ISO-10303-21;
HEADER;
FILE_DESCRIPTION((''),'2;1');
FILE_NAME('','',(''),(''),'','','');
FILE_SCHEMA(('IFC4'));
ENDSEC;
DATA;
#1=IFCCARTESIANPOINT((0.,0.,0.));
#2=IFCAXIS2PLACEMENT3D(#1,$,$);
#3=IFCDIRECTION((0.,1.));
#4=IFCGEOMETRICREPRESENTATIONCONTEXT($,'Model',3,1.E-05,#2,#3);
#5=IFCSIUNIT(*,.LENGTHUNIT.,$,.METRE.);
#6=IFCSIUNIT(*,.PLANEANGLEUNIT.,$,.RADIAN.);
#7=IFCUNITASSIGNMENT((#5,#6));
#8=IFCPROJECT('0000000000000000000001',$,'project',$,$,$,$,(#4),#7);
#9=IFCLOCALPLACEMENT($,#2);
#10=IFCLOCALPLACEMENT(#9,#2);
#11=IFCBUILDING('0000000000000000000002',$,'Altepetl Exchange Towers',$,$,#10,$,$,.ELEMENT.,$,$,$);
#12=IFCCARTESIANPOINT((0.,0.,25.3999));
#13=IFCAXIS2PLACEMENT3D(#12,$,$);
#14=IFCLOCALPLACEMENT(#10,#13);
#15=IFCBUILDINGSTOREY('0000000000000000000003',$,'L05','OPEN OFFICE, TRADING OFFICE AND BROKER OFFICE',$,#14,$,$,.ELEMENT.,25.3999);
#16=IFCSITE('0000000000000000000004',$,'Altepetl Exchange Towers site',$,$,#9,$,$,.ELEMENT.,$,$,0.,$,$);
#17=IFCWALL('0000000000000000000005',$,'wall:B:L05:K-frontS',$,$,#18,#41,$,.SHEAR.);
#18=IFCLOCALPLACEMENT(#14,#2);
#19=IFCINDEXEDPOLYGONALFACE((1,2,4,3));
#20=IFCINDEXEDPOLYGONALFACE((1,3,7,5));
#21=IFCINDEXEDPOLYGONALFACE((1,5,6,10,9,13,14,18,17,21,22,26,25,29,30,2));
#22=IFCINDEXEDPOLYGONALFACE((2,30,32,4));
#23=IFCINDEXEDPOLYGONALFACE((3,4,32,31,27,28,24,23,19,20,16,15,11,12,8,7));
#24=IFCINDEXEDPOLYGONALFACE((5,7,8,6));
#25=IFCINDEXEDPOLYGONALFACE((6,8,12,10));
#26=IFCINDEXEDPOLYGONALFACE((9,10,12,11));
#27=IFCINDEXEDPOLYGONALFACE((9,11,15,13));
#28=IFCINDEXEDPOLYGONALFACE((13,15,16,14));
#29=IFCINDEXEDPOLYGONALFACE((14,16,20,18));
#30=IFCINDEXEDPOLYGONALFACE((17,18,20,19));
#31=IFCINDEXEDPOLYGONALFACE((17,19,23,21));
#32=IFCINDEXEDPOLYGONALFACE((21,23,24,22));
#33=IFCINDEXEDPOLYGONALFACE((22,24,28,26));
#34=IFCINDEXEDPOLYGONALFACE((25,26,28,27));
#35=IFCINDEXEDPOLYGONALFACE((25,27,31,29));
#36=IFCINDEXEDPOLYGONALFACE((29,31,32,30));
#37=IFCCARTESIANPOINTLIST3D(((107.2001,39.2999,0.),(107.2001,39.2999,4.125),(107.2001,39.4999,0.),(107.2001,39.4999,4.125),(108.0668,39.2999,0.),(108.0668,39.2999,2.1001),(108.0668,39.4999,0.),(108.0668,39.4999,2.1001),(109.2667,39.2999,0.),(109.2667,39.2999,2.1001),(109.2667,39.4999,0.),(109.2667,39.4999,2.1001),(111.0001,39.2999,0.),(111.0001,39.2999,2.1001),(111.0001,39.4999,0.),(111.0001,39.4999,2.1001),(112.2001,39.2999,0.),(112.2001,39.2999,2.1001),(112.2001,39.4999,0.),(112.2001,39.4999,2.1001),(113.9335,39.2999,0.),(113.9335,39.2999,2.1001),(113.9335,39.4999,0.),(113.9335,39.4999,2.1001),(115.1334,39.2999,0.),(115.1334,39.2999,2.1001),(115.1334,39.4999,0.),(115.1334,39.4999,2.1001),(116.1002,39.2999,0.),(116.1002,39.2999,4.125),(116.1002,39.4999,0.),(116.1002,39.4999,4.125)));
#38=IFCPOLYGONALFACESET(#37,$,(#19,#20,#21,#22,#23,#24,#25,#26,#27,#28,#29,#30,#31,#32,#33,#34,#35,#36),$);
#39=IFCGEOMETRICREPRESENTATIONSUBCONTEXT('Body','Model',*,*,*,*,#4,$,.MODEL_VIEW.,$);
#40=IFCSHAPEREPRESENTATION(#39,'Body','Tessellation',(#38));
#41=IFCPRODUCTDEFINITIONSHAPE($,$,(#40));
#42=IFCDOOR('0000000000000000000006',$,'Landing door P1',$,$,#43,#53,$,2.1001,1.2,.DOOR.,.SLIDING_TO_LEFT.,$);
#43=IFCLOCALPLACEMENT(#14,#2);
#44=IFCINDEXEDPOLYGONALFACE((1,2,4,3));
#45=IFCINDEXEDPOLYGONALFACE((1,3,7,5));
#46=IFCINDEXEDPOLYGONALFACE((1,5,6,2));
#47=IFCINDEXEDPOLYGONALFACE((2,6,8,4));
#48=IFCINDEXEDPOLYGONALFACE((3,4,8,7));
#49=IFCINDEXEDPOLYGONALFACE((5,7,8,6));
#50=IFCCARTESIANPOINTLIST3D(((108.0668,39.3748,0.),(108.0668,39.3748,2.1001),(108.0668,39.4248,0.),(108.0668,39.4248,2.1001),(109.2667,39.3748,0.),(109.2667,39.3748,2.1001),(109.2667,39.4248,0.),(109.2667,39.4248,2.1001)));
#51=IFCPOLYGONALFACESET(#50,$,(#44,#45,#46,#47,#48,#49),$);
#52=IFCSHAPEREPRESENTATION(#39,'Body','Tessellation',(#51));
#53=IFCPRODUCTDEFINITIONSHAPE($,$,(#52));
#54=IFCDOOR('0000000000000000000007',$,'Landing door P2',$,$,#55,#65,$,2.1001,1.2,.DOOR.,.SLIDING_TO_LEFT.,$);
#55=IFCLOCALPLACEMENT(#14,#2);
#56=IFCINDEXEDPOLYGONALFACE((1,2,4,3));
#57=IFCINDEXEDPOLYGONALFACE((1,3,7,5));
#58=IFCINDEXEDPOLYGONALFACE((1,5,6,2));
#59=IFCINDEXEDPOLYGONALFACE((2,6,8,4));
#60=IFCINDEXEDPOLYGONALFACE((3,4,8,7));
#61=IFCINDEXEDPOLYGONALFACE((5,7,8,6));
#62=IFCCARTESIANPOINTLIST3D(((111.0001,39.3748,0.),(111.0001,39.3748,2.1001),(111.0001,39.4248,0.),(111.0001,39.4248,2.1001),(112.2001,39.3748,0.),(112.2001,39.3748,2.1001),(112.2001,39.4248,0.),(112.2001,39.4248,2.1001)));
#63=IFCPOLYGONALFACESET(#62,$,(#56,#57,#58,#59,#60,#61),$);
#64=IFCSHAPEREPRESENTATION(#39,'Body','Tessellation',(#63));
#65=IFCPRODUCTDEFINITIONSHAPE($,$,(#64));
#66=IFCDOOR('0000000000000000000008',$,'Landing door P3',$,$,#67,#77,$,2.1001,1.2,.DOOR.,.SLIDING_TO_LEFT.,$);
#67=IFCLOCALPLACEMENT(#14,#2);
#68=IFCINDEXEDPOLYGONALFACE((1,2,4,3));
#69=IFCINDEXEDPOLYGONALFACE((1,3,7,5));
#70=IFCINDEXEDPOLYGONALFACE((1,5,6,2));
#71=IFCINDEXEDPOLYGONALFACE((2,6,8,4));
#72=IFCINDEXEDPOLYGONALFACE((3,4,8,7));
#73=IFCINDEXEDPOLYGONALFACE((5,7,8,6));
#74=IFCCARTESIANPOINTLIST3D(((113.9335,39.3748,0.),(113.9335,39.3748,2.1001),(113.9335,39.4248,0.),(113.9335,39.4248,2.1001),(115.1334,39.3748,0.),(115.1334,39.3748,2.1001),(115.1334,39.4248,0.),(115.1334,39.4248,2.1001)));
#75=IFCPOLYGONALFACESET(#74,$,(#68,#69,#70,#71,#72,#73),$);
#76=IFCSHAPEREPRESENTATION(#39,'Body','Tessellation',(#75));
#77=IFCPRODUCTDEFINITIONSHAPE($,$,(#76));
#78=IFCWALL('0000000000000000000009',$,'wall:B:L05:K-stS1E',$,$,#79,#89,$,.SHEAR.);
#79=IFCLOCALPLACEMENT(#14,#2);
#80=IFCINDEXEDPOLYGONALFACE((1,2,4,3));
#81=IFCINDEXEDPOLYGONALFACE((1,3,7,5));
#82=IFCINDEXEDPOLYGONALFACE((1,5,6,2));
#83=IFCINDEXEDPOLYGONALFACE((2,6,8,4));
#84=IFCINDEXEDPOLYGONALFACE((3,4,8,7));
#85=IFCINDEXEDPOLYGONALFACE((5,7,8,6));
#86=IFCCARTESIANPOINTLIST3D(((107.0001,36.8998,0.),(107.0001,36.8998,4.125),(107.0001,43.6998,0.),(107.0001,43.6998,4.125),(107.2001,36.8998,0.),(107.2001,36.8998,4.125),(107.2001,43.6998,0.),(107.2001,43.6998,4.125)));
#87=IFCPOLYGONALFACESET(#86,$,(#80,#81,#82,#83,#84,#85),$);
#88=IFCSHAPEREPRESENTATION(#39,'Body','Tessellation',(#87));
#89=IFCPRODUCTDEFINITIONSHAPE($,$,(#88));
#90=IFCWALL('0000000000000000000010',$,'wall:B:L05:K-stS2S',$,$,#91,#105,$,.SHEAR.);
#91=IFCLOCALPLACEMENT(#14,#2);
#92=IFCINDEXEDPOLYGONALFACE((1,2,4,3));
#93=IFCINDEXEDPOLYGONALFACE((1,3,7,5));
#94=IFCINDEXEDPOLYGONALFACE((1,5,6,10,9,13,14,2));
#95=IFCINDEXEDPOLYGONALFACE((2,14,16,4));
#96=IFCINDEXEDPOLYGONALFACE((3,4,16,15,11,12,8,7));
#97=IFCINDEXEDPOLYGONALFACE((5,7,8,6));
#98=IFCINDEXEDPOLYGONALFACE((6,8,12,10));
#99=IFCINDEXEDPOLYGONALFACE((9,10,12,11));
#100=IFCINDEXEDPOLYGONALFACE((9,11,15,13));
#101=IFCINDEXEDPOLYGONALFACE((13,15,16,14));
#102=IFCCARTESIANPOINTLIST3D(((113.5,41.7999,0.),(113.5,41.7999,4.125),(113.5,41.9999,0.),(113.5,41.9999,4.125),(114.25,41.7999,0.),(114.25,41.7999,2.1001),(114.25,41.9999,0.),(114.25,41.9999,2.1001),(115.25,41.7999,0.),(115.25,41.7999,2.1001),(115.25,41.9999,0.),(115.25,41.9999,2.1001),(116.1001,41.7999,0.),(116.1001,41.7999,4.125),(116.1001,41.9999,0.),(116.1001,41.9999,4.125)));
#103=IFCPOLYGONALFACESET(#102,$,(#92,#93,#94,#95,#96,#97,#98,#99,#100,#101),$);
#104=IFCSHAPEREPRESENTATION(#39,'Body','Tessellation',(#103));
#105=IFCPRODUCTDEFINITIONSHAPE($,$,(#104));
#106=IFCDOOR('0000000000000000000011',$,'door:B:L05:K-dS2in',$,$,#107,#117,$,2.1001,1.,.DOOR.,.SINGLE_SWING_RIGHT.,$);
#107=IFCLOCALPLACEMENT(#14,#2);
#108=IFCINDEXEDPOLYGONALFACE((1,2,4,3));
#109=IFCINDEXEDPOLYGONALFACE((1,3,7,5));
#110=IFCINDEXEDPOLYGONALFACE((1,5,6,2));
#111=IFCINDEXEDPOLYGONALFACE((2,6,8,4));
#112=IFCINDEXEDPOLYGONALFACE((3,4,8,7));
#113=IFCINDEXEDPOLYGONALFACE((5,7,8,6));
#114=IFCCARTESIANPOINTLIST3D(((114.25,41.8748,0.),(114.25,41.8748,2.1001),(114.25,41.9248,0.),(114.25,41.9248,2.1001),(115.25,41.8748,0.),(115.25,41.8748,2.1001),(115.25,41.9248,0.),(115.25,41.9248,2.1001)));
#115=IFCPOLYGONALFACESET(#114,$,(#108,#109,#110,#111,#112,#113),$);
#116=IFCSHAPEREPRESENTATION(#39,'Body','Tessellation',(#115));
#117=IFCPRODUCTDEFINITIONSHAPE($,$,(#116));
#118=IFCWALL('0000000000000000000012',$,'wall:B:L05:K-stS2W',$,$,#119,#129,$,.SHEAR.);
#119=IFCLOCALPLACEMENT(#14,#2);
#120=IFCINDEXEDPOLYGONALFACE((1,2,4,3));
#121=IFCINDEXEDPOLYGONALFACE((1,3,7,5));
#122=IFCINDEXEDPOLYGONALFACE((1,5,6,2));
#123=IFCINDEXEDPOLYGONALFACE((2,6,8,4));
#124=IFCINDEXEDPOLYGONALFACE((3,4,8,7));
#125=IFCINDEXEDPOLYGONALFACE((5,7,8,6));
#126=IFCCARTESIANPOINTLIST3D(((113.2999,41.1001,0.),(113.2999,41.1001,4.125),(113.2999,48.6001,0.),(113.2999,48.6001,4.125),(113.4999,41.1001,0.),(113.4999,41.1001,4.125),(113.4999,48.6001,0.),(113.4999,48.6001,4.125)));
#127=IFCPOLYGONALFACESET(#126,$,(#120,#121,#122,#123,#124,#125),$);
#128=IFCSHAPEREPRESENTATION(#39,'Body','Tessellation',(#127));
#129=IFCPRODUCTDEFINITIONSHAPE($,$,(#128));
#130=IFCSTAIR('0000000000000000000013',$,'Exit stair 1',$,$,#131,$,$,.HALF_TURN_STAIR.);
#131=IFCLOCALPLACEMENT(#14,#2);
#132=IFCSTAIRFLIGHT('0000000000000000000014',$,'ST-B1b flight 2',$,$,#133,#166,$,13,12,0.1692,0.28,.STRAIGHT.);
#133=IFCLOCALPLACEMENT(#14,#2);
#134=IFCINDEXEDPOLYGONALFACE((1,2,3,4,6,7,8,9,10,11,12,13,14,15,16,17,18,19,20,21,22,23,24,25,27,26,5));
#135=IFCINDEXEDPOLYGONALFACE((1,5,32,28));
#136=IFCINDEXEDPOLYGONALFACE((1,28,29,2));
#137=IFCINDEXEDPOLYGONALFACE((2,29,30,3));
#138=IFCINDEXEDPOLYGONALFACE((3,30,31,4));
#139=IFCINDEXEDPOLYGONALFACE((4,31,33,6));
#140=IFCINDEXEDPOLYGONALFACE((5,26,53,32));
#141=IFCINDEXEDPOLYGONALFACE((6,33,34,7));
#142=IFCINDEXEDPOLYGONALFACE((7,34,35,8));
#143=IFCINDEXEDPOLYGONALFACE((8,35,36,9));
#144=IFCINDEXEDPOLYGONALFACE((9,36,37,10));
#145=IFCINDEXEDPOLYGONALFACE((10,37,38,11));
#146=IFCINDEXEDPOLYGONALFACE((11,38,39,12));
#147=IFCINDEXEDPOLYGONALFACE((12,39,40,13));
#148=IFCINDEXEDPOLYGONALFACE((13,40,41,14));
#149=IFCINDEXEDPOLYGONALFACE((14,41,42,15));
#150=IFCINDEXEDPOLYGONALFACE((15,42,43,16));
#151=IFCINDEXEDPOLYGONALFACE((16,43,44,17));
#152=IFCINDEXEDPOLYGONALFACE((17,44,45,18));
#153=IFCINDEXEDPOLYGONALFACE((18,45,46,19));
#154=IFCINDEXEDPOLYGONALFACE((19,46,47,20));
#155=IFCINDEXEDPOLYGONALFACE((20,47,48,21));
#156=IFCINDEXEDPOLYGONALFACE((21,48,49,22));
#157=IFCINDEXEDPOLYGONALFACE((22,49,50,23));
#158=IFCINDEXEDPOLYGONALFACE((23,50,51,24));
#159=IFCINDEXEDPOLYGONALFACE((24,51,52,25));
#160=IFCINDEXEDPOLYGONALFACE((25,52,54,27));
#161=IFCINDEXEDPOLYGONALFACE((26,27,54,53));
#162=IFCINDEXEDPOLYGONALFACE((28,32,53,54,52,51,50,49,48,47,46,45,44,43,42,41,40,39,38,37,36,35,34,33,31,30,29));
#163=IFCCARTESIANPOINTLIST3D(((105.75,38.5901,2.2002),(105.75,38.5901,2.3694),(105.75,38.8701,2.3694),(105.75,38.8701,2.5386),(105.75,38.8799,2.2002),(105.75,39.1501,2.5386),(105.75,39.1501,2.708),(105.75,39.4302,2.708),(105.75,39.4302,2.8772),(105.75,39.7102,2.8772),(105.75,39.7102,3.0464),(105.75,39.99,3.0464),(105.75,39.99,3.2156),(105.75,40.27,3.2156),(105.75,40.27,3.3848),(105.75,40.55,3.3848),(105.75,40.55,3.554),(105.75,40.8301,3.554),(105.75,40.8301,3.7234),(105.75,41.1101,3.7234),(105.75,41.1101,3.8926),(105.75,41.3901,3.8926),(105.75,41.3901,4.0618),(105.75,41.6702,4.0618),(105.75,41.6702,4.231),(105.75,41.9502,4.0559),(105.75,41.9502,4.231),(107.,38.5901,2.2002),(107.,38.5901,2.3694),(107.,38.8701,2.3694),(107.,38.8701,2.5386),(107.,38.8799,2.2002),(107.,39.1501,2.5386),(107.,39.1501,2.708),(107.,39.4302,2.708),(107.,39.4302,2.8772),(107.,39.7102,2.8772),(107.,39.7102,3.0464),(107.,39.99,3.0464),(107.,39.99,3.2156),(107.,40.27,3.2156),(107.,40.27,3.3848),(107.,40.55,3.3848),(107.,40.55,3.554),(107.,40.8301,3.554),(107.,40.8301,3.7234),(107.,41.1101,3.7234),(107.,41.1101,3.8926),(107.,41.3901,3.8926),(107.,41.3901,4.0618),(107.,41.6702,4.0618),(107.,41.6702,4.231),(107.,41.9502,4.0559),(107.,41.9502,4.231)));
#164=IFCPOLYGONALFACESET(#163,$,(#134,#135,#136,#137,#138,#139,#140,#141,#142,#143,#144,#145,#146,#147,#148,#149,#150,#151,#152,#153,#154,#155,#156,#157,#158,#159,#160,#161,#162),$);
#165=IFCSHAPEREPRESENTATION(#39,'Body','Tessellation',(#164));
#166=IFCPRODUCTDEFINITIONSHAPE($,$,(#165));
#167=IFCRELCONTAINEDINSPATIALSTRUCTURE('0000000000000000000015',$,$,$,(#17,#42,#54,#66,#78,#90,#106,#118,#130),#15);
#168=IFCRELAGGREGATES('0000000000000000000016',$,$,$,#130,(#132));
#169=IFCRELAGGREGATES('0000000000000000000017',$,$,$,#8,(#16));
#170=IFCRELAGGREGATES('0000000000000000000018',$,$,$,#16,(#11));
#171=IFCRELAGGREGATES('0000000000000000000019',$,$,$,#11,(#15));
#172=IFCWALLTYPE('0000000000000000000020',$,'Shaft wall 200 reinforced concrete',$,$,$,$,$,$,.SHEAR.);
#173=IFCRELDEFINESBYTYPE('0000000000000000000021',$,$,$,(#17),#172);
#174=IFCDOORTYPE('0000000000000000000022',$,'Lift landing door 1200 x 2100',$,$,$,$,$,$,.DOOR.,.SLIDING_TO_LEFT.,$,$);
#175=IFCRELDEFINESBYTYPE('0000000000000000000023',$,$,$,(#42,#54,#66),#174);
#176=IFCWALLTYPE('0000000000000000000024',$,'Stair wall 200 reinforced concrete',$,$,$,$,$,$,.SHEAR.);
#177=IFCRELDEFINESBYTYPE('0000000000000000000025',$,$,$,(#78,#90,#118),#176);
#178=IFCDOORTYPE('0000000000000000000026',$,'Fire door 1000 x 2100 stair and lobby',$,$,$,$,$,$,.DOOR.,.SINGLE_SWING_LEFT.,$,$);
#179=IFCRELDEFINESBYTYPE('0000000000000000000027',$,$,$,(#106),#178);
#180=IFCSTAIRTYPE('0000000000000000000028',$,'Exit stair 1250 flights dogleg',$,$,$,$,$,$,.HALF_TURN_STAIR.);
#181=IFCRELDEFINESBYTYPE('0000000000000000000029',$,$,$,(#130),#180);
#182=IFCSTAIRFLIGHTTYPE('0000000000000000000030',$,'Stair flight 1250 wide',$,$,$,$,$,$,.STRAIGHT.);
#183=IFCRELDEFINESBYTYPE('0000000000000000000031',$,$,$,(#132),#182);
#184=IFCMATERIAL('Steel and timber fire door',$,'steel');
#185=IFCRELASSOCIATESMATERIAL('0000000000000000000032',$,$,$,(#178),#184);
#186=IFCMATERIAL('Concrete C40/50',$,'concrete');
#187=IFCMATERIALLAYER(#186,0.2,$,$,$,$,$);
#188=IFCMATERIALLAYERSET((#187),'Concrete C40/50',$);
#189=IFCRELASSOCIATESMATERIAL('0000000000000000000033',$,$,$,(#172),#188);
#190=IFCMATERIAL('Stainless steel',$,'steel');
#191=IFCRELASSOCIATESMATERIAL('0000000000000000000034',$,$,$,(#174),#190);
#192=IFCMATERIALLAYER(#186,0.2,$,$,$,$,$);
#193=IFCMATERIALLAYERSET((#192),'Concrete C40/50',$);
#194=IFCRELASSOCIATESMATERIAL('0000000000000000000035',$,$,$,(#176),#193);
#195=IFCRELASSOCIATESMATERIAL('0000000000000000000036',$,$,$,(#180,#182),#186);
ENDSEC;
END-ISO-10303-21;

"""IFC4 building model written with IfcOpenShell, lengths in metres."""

from ifc_helpers import new_model, si_unit, direction, frame, frame_2d, origin, place, context, subcontext, project, spatial, polyline, rectangle, outline, extrude, material, layer, layer_set, type_object, element, fill, aggregate, save


model = new_model("IFC4")

# Units and contexts
model_context = context("Model", 3, precision=1e-05, world=origin(), true_north=direction((0.0, 1.0)))
body_context = subcontext(model_context, "Body", "Model", "MODEL_VIEW")
ifc_project = project(units=[si_unit("LENGTHUNIT", "METRE"), si_unit("PLANEANGLEUNIT", "RADIAN")], contexts=[model_context])

# Site, building, storey
site_placement = place(None, origin())
site = spatial("IfcSite", under=ifc_project, at=site_placement, Name="Altepetl Exchange Towers site", CompositionType="ELEMENT", RefElevation=0.0)
building_placement = place(site_placement, origin())
building = spatial("IfcBuilding", under=site, at=building_placement, Name="Altepetl Exchange Towers", CompositionType="ELEMENT")
storey_placement = place(building_placement, frame((0.0, 0.0, 25.3999)))
storey = spatial("IfcBuildingStorey", under=building, at=storey_placement, Name="L05", Description="OPEN OFFICE, TRADING OFFICE AND BROKER OFFICE", CompositionType="ELEMENT", Elevation=25.3999)

# Shared definitions
ifc_material_1 = material(Name="Steel and timber fire door", Category="steel")
door_type_1 = type_object("IfcDoorType", Name="Fire door 1000 x 2100 stair and lobby", OperationType="SINGLE_SWING_LEFT", PredefinedType="DOOR", material=ifc_material_1)

# Shared definitions
ifc_material_2 = material(Name="Concrete C40/50", Category="concrete")
ifc_layer_1 = layer(ifc_material_2, 0.2)
ifc_layer_set_1 = layer_set([ifc_layer_1], Name="Concrete C40/50")
wall_type_1 = type_object("IfcWallType", Name="Shaft wall 200 reinforced concrete", PredefinedType="SHEAR", material=ifc_layer_set_1)

# Wall, openings, doors
wall_1_placement = place(storey_placement, frame((107.2, 39.3999, 0.0)))
wall_1 = element("IfcWall", 1, at=wall_1_placement, inside=storey, type_object=wall_type_1, Name="wall:B:L05:K-frontS", PredefinedType="SHEAR", context=body_context, shape_type="SweptSolid", body=[
    extrude(rectangle(XDim=8.9001, YDim=0.2, at=frame_2d((4.4502, 0.0))), origin(), (0.0, 0.0, 1.0), 4.125),
])
opening_1_placement = place(wall_1_placement, frame((0.8667, 0.0, 0.0)))
opening_1 = element("IfcOpeningElement", 2, at=opening_1_placement, cuts=wall_1, PredefinedType="OPENING", context=body_context, shape_type="SweptSolid", body=[
    extrude(rectangle(XDim=1.2, YDim=2.1001, at=frame_2d((0.6001, 1.05))), frame((0.0, 0.1099, 0.0), z_axis=(0.0, -1.0, 0.0), x_axis=(1.0, 0.0, 0.0)), (0.0, 0.0, 1.0), 0.22),
])
opening_2_placement = place(wall_1_placement, frame((3.8, 0.0, 0.0)))
opening_2 = element("IfcOpeningElement", 3, at=opening_2_placement, cuts=wall_1, PredefinedType="OPENING", context=body_context, shape_type="SweptSolid", body=[
    extrude(rectangle(XDim=1.2, YDim=2.1001, at=frame_2d((0.6001, 1.05))), frame((0.0, 0.1099, 0.0), z_axis=(0.0, -1.0, 0.0), x_axis=(1.0, 0.0, 0.0)), (0.0, 0.0, 1.0), 0.22),
])
opening_3_placement = place(wall_1_placement, frame((6.7334, 0.0, 0.0)))
opening_3 = element("IfcOpeningElement", 4, at=opening_3_placement, cuts=wall_1, PredefinedType="OPENING", context=body_context, shape_type="SweptSolid", body=[
    extrude(rectangle(XDim=1.2, YDim=2.1001, at=frame_2d((0.6001, 1.05))), frame((0.0, 0.1099, 0.0), z_axis=(0.0, -1.0, 0.0), x_axis=(1.0, 0.0, 0.0)), (0.0, 0.0, 1.0), 0.22),
])
ifc_material_3 = material(Name="Stainless steel", Category="steel")
door_type_2 = type_object("IfcDoorType", Name="Lift landing door 1200 x 2100", OperationType="SLIDING_TO_LEFT", PredefinedType="DOOR", material=ifc_material_3)
door_1_placement = place(opening_1_placement, origin())
door_1 = element("IfcDoor", 5, at=door_1_placement, inside=storey, type_object=door_type_2, Name="Landing door P1", OperationType="SLIDING_TO_LEFT", OverallHeight=2.1001, OverallWidth=1.2, PredefinedType="DOOR", context=body_context, shape_type="SweptSolid", body=[
    extrude(rectangle(XDim=1.2, YDim=2.1001, at=frame_2d((0.6001, 1.05))), frame((0.0, 0.0249, 0.0), z_axis=(0.0, -1.0, 0.0), x_axis=(1.0, 0.0, 0.0)), (0.0, 0.0, 1.0), 0.05),
])
fill(opening_1, door_1)
door_2_placement = place(opening_2_placement, origin())
door_2 = element("IfcDoor", 6, at=door_2_placement, inside=storey, type_object=door_type_2, Name="Landing door P2", OperationType="SLIDING_TO_LEFT", OverallHeight=2.1001, OverallWidth=1.2, PredefinedType="DOOR", context=body_context, shape_type="SweptSolid", body=[
    extrude(rectangle(XDim=1.2, YDim=2.1001, at=frame_2d((0.6001, 1.05))), frame((0.0, 0.0249, 0.0), z_axis=(0.0, -1.0, 0.0), x_axis=(1.0, 0.0, 0.0)), (0.0, 0.0, 1.0), 0.05),
])
fill(opening_2, door_2)
door_3_placement = place(opening_3_placement, origin())
door_3 = element("IfcDoor", 7, at=door_3_placement, inside=storey, type_object=door_type_2, Name="Landing door P3", OperationType="SLIDING_TO_LEFT", OverallHeight=2.1001, OverallWidth=1.2, PredefinedType="DOOR", context=body_context, shape_type="SweptSolid", body=[
    extrude(rectangle(XDim=1.2, YDim=2.1001, at=frame_2d((0.6001, 1.05))), frame((0.0, 0.0249, 0.0), z_axis=(0.0, -1.0, 0.0), x_axis=(1.0, 0.0, 0.0)), (0.0, 0.0, 1.0), 0.05),
])
fill(opening_3, door_3)

# Wall
ifc_layer_2 = layer(ifc_material_2, 0.2)
ifc_layer_set_2 = layer_set([ifc_layer_2], Name="Concrete C40/50")
wall_type_2 = type_object("IfcWallType", Name="Stair wall 200 reinforced concrete", PredefinedType="SHEAR", material=ifc_layer_set_2)
wall_2_placement = place(storey_placement, frame((107.1001, 36.8999, 0.0), z_axis=(0.0, 0.0, 1.0), x_axis=(0.0, 1.0, 0.0)))
element("IfcWall", 8, at=wall_2_placement, inside=storey, type_object=wall_type_2, Name="wall:B:L05:K-stS1E", PredefinedType="SHEAR", context=body_context, shape_type="SweptSolid", body=[
    extrude(rectangle(XDim=6.8, YDim=0.2, at=frame_2d((3.3999, 0.0))), origin(), (0.0, 0.0, 1.0), 4.125),
])

# Wall, opening, door
wall_3_placement = place(storey_placement, frame((113.5, 41.8999, 0.0)))
wall_3 = element("IfcWall", 9, at=wall_3_placement, inside=storey, type_object=wall_type_2, Name="wall:B:L05:K-stS2S", PredefinedType="SHEAR", context=body_context, shape_type="SweptSolid", body=[
    extrude(rectangle(XDim=2.6001, YDim=0.2, at=frame_2d((1.3, 0.0))), origin(), (0.0, 0.0, 1.0), 4.125),
])
opening_4_placement = place(wall_3_placement, frame((0.75, 0.0, 0.0)))
opening_4 = element("IfcOpeningElement", 10, at=opening_4_placement, cuts=wall_3, PredefinedType="OPENING", context=body_context, shape_type="SweptSolid", body=[
    extrude(rectangle(XDim=1.0, YDim=2.1001, at=frame_2d((0.5, 1.05))), frame((0.0, 0.1099, 0.0), z_axis=(0.0, -1.0, 0.0), x_axis=(1.0, 0.0, 0.0)), (0.0, 0.0, 1.0), 0.22),
])
door_4_placement = place(opening_4_placement, origin())
door_4 = element("IfcDoor", 11, at=door_4_placement, inside=storey, type_object=door_type_1, Name="door:B:L05:K-dS2in", OperationType="SINGLE_SWING_RIGHT", OverallHeight=2.1001, OverallWidth=1.0, PredefinedType="DOOR", context=body_context, shape_type="SweptSolid", body=[
    extrude(rectangle(XDim=1.0, YDim=2.1001, at=frame_2d((0.5, 1.05))), frame((0.0, 0.0249, 0.0), z_axis=(0.0, -1.0, 0.0), x_axis=(1.0, 0.0, 0.0)), (0.0, 0.0, 1.0), 0.05),
])
fill(opening_4, door_4)

# Wall
wall_4_placement = place(storey_placement, frame((113.3999, 41.1001, 0.0), z_axis=(0.0, 0.0, 1.0), x_axis=(0.0, 1.0, 0.0)))
element("IfcWall", 12, at=wall_4_placement, inside=storey, type_object=wall_type_2, Name="wall:B:L05:K-stS2W", PredefinedType="SHEAR", context=body_context, shape_type="SweptSolid", body=[
    extrude(rectangle(XDim=7.5, YDim=0.2, at=frame_2d((3.75, 0.0))), origin(), (0.0, 0.0, 1.0), 4.125),
])

# Stair, stair flight
stair_type = type_object("IfcStairType", Name="Exit stair 1250 flights dogleg", PredefinedType="HALF_TURN_STAIR", material=ifc_material_2)
stair_placement = place(storey_placement, origin())
stair = element("IfcStair", 13, at=stair_placement, inside=storey, type_object=stair_type, Name="Exit stair 1", PredefinedType="HALF_TURN_STAIR")
stair_flight_type = type_object("IfcStairFlightType", Name="Stair flight 1250 wide", PredefinedType="STRAIGHT", material=ifc_material_2)
stair_flight_placement = place(storey_placement, frame((106.375, 38.5901, 2.2002), z_axis=(0.0, 0.0, 1.0), x_axis=(0.0, 1.0, 0.0)))
stair_flight = element("IfcStairFlight", 14, at=stair_flight_placement, type_object=stair_flight_type, Name="ST-B1b flight 2", NumberOfRisers=13, NumberOfTreads=12, PredefinedType="STRAIGHT", RiserHeight=0.1692, TreadLength=0.28, context=body_context, shape_type="SweptSolid", body=[
    extrude(outline(polyline([(0.0, 0.0), (0.0, 0.1692), (0.28, 0.1692), (0.28, 0.3384), (0.5601, 0.3384), (0.5601, 0.5078), (0.8401, 0.5078), (0.8401, 0.677), (1.1201, 0.677), (1.1201, 0.8462), (1.3999, 0.8462), (1.3999, 1.0154), (1.6799, 1.0154), (1.6799, 1.1846), (1.96, 1.1846), (1.96, 1.3538), (2.24, 1.3538), (2.24, 1.5232), (2.52, 1.5232), (2.52, 1.6924), (2.8, 1.6924), (2.8, 1.8616), (3.0801, 1.8616), (3.0801, 2.0308), (3.3601, 2.0308), (3.3601, 2.2), (3.3601, 1.8557), (0.2898, 0.0), (0.0, 0.0)])), frame((0.0, 0.625, 0.0), z_axis=(0.0, -1.0, 0.0), x_axis=(1.0, 0.0, 0.0)), (0.0, 0.0, 1.0), 1.25),
])
aggregate(stair, [stair_flight])

save(model, "model.ifc")
